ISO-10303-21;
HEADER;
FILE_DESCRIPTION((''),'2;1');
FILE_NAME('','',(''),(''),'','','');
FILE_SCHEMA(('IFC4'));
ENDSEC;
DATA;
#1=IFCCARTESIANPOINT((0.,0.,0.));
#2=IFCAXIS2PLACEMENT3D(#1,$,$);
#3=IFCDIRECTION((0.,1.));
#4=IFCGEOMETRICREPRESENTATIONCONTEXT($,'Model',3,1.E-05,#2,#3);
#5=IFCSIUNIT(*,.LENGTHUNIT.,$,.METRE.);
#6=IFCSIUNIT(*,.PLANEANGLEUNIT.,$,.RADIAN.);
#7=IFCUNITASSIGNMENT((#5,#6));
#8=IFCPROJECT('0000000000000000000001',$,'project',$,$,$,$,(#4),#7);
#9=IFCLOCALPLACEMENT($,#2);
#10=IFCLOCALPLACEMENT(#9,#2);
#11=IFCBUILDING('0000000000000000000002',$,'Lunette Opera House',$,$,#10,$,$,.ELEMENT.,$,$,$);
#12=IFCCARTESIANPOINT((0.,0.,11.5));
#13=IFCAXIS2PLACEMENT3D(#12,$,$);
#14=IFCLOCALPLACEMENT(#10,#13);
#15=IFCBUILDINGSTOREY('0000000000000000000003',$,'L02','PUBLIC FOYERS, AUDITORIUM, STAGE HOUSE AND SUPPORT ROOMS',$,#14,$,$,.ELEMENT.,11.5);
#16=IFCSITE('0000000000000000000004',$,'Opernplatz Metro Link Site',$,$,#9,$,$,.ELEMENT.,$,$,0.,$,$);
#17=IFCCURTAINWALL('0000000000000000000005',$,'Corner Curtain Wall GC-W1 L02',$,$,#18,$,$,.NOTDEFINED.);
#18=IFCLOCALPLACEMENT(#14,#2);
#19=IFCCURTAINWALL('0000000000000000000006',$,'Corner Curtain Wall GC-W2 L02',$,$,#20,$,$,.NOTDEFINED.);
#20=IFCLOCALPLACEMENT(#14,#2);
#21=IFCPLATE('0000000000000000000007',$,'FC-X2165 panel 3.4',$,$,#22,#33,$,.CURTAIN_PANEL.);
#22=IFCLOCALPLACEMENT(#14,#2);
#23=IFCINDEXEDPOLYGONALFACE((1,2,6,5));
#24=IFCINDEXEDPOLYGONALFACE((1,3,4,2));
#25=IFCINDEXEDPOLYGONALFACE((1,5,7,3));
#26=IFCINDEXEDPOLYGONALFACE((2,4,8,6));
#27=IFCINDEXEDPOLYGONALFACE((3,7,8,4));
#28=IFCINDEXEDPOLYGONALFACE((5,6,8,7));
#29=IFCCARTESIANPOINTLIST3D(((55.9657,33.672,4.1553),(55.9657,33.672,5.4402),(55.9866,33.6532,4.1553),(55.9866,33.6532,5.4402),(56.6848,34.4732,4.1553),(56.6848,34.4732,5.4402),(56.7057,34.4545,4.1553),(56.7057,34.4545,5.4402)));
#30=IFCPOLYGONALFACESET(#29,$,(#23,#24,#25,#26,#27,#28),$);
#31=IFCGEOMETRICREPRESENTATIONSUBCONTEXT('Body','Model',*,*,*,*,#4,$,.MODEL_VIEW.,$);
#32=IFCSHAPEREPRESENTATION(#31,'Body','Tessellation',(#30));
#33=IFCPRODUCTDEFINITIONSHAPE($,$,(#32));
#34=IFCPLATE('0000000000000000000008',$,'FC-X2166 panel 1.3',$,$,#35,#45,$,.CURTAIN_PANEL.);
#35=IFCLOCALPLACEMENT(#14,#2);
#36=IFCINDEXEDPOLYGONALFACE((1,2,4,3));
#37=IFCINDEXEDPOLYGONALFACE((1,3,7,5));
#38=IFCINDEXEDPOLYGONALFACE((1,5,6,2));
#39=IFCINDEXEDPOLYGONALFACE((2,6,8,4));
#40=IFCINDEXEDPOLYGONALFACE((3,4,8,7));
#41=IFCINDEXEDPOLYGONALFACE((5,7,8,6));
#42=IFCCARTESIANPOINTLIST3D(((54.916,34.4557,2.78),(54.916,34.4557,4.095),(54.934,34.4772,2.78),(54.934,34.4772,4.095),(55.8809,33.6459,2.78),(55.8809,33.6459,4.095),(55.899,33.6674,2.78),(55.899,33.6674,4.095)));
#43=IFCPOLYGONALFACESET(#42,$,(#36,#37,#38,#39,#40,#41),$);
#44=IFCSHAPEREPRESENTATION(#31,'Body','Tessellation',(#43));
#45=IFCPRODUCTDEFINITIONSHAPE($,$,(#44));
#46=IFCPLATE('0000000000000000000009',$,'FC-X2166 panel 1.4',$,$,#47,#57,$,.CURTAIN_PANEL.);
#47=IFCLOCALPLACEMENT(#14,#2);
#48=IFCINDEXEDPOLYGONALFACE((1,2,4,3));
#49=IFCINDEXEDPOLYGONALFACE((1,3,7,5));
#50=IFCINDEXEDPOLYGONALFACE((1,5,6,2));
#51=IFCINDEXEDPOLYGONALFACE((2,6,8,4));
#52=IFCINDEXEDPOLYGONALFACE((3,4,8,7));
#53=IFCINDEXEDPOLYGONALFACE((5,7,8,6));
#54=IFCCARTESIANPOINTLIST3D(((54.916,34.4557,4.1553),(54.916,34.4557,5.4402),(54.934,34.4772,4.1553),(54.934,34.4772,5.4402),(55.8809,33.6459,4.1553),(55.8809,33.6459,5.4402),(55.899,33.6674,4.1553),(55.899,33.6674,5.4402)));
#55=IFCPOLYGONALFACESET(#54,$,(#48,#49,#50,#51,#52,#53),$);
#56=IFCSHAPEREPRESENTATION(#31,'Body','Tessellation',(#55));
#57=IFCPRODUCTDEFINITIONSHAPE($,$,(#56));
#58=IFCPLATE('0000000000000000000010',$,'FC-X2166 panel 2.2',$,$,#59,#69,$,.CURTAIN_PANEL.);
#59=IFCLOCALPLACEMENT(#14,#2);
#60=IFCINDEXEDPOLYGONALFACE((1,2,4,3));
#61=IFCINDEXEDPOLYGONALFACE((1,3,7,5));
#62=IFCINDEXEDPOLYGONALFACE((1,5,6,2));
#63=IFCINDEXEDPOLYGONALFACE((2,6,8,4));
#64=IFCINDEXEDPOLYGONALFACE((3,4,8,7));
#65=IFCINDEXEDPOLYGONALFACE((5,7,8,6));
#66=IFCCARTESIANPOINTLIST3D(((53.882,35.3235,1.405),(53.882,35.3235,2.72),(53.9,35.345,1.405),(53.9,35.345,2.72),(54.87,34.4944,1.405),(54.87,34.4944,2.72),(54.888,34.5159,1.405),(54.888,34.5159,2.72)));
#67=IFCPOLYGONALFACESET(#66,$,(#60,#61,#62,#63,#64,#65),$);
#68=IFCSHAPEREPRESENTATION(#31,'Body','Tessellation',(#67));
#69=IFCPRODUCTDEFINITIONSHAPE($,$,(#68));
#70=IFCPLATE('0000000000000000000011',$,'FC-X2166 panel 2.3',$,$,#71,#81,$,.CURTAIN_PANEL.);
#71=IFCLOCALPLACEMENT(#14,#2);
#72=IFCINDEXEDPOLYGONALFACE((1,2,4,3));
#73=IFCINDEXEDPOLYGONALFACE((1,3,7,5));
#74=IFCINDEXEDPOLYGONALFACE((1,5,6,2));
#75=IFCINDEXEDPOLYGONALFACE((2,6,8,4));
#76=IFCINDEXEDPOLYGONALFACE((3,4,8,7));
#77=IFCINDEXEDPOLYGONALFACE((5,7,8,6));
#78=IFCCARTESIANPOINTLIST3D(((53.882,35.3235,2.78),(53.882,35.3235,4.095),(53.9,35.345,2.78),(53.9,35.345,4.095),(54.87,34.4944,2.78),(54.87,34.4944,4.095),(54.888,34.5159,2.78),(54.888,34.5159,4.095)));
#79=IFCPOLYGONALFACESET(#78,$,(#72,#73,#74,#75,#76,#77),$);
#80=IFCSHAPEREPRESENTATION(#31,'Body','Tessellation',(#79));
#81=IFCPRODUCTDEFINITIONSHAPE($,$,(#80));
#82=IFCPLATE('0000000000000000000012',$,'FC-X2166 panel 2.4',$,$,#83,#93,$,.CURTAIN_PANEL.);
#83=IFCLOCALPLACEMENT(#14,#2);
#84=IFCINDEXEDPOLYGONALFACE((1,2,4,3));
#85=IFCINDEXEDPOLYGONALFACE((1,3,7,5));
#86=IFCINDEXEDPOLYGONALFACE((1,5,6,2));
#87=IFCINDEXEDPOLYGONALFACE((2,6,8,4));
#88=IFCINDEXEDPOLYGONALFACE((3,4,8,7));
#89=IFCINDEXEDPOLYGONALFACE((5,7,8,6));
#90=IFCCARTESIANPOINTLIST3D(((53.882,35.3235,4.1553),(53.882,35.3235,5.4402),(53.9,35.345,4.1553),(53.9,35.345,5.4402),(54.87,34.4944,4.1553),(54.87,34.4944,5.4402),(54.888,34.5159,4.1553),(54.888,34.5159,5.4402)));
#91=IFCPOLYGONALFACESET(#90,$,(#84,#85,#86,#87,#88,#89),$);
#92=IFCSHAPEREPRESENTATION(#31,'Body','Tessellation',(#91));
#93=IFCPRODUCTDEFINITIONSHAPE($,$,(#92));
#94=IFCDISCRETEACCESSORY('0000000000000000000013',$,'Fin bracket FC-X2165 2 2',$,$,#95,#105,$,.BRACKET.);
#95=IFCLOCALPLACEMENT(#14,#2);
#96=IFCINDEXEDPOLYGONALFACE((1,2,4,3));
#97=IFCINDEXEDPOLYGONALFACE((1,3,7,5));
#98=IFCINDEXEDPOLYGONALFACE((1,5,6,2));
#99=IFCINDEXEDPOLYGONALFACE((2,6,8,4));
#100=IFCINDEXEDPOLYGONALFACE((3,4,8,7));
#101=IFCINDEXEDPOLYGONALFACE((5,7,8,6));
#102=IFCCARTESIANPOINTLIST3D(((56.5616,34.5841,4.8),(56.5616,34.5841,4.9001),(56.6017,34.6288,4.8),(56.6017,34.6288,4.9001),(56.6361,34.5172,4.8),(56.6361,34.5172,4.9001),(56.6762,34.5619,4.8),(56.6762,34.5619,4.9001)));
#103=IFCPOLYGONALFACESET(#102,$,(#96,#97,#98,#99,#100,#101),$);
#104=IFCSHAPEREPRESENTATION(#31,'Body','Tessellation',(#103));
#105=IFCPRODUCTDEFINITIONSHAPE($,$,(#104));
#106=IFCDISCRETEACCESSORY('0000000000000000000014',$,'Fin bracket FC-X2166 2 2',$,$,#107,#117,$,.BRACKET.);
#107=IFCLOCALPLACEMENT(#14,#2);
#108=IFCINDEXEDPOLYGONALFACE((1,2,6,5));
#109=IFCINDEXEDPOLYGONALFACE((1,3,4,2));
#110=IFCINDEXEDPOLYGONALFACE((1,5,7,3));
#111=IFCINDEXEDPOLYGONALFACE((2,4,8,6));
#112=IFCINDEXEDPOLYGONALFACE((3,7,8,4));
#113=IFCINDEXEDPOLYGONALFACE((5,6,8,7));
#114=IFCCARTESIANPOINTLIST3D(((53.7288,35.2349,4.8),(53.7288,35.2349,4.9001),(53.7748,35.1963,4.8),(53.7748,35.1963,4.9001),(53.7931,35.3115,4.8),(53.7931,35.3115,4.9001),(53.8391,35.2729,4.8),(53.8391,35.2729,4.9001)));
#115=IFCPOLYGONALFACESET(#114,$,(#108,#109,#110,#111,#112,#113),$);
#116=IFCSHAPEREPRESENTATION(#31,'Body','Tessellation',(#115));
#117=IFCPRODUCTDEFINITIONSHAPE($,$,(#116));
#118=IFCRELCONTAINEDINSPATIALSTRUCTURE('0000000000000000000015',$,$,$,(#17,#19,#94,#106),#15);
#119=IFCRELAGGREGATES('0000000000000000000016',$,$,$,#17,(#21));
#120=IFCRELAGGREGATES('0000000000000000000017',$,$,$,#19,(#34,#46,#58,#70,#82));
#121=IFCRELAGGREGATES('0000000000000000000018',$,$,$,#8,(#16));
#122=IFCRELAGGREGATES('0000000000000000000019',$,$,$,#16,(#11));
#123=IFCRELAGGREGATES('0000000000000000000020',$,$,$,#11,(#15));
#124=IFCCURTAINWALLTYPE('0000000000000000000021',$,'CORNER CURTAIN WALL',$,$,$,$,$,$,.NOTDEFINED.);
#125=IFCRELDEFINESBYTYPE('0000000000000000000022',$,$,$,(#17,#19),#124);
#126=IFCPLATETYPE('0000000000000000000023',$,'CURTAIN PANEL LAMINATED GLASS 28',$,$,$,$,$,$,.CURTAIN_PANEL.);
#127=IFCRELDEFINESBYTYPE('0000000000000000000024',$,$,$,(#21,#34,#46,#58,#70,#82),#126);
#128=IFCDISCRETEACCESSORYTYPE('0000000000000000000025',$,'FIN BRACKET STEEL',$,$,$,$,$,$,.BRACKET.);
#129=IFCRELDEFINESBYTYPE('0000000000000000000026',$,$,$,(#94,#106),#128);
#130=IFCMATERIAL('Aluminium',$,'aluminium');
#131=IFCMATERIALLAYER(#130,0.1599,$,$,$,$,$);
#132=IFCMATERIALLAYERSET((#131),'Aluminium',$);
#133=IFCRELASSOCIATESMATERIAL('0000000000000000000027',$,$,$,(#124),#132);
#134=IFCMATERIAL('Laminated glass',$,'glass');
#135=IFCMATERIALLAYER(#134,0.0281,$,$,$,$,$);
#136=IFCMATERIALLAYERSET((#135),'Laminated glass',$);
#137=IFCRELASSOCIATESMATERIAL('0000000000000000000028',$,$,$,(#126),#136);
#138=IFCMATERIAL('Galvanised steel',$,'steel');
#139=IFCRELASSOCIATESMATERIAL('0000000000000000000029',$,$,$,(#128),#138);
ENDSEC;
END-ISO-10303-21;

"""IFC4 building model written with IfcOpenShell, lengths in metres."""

from ifc_helpers import new_model, si_unit, direction, frame, origin, origin_2d, place, context, subcontext, project, spatial, rectangle, extrude, material, layer, layer_set, type_object, element, aggregate, save


model = new_model("IFC4")

# Units and contexts
model_context = context("Model", 3, precision=1e-05, world=origin(), true_north=direction((0.0, 1.0)))
body_context = subcontext(model_context, "Body", "Model", "MODEL_VIEW")
ifc_project = project(units=[si_unit("LENGTHUNIT", "METRE"), si_unit("PLANEANGLEUNIT", "RADIAN")], contexts=[model_context])

# Site, building, storey
site_placement = place(None, origin())
site = spatial("IfcSite", under=ifc_project, at=site_placement, Name="Opernplatz Metro Link Site", CompositionType="ELEMENT", RefElevation=0.0)
building_placement = place(site_placement, origin())
building = spatial("IfcBuilding", under=site, at=building_placement, Name="Lunette Opera House", CompositionType="ELEMENT")
storey_placement = place(building_placement, frame((0.0, 0.0, 11.5)))
storey = spatial("IfcBuildingStorey", under=building, at=storey_placement, Name="L02", Description="PUBLIC FOYERS, AUDITORIUM, STAGE HOUSE AND SUPPORT ROOMS", CompositionType="ELEMENT", Elevation=11.5)

# Curtain walls
ifc_material_1 = material(Name="Aluminium", Category="aluminium")
ifc_layer_1 = layer(ifc_material_1, 0.1599)
ifc_layer_set_1 = layer_set([ifc_layer_1], Name="Aluminium")
curtain_wall_type = type_object("IfcCurtainWallType", Name="CORNER CURTAIN WALL", PredefinedType="NOTDEFINED", material=ifc_layer_set_1)
curtain_wall_1_placement = place(storey_placement, origin())
curtain_wall_1 = element("IfcCurtainWall", 1, at=curtain_wall_1_placement, inside=storey, type_object=curtain_wall_type, Name="Corner Curtain Wall GC-W1 L02", PredefinedType="NOTDEFINED")
curtain_wall_2_placement = place(storey_placement, origin())
curtain_wall_2 = element("IfcCurtainWall", 2, at=curtain_wall_2_placement, inside=storey, type_object=curtain_wall_type, Name="Corner Curtain Wall GC-W2 L02", PredefinedType="NOTDEFINED")

# Plates
ifc_material_2 = material(Name="Laminated glass", Category="glass")
ifc_layer_2 = layer(ifc_material_2, 0.0281)
ifc_layer_set_2 = layer_set([ifc_layer_2], Name="Laminated glass")
plate_type = type_object("IfcPlateType", Name="CURTAIN PANEL LAMINATED GLASS 28", PredefinedType="CURTAIN_PANEL", material=ifc_layer_set_2)
plate_1_placement = place(storey_placement, frame((56.3357, 34.0632, 4.1553), z_axis=(0.0, 0.0, 1.0), x_axis=(-0.667938, -0.744217, 0.0)))
plate_1 = element("IfcPlate", 3, at=plate_1_placement, type_object=plate_type, Name="FC-X2165 panel 3.4", PredefinedType="CURTAIN_PANEL", context=body_context, shape_type="SweptSolid", body=[
    extrude(rectangle(XDim=1.0767, YDim=0.0281, at=origin_2d()), origin(), (0.0, 0.0, 1.0), 1.2849),
])
aggregate(curtain_wall_1, [plate_1])
plate_2_placement = place(storey_placement, frame((55.4075, 34.0615, 2.78), z_axis=(0.0, 0.0, 1.0), x_axis=(-0.766, 0.64284, 0.0)))
plate_2 = element("IfcPlate", 4, at=plate_2_placement, type_object=plate_type, Name="FC-X2166 panel 1.3", PredefinedType="CURTAIN_PANEL", context=body_context, shape_type="SweptSolid", body=[
    extrude(rectangle(XDim=1.2598, YDim=0.0281, at=origin_2d()), origin(), (0.0, 0.0, 1.0), 1.3149),
])
plate_3_placement = place(storey_placement, frame((55.4075, 34.0615, 4.1553), z_axis=(0.0, 0.0, 1.0), x_axis=(-0.766, 0.64284, 0.0)))
plate_3 = element("IfcPlate", 5, at=plate_3_placement, type_object=plate_type, Name="FC-X2166 panel 1.4", PredefinedType="CURTAIN_PANEL", context=body_context, shape_type="SweptSolid", body=[
    extrude(rectangle(XDim=1.2598, YDim=0.0281, at=origin_2d()), origin(), (0.0, 0.0, 1.0), 1.2849),
])
plate_4_placement = place(storey_placement, frame((54.385, 34.9197, 1.405), z_axis=(0.0, 0.0, 1.0), x_axis=(-0.766, 0.64284, 0.0)))
plate_4 = element("IfcPlate", 6, at=plate_4_placement, type_object=plate_type, Name="FC-X2166 panel 2.2", PredefinedType="CURTAIN_PANEL", context=body_context, shape_type="SweptSolid", body=[
    extrude(rectangle(XDim=1.2898, YDim=0.0281, at=origin_2d()), origin(), (0.0, 0.0, 1.0), 1.3149),
])
plate_5_placement = place(storey_placement, frame((54.385, 34.9197, 2.78), z_axis=(0.0, 0.0, 1.0), x_axis=(-0.766, 0.64284, 0.0)))
plate_5 = element("IfcPlate", 7, at=plate_5_placement, type_object=plate_type, Name="FC-X2166 panel 2.3", PredefinedType="CURTAIN_PANEL", context=body_context, shape_type="SweptSolid", body=[
    extrude(rectangle(XDim=1.2898, YDim=0.0281, at=origin_2d()), origin(), (0.0, 0.0, 1.0), 1.3149),
])
plate_6_placement = place(storey_placement, frame((54.385, 34.9197, 4.1553), z_axis=(0.0, 0.0, 1.0), x_axis=(-0.766, 0.64284, 0.0)))
plate_6 = element("IfcPlate", 8, at=plate_6_placement, type_object=plate_type, Name="FC-X2166 panel 2.4", PredefinedType="CURTAIN_PANEL", context=body_context, shape_type="SweptSolid", body=[
    extrude(rectangle(XDim=1.2898, YDim=0.0281, at=origin_2d()), origin(), (0.0, 0.0, 1.0), 1.2849),
])
aggregate(curtain_wall_2, [plate_2, plate_3, plate_4, plate_5, plate_6])

# Discrete accessories
ifc_material_3 = material(Name="Galvanised steel", Category="steel")
discrete_accessory_type = type_object("IfcDiscreteAccessoryType", Name="FIN BRACKET STEEL", PredefinedType="BRACKET", material=ifc_material_3)
for number, where, z_axis, x_axis, name in (
    (9, (56.6189, 34.573, 4.8), (0.0, 0.0, 1.0), (-0.744217, 0.667938, 0.0), "Fin bracket FC-X2165 2 2"),
    (10, (53.7839, 35.2539, 4.8), (0.0, 0.0, 1.0), (-0.64284, -0.766001, 0.0), "Fin bracket FC-X2166 2 2"),
):
    element("IfcDiscreteAccessory", number, at=place(storey_placement, frame(where, z_axis=z_axis, x_axis=x_axis)), inside=storey, type_object=discrete_accessory_type, Name=name, PredefinedType="BRACKET", context=body_context, shape_type="SweptSolid", body=[
        extrude(rectangle(XDim=0.1001, YDim=0.0601, at=origin_2d()), origin(), (0.0, 0.0, 1.0), 0.1001),
    ])

save(model, "model.ifc")
